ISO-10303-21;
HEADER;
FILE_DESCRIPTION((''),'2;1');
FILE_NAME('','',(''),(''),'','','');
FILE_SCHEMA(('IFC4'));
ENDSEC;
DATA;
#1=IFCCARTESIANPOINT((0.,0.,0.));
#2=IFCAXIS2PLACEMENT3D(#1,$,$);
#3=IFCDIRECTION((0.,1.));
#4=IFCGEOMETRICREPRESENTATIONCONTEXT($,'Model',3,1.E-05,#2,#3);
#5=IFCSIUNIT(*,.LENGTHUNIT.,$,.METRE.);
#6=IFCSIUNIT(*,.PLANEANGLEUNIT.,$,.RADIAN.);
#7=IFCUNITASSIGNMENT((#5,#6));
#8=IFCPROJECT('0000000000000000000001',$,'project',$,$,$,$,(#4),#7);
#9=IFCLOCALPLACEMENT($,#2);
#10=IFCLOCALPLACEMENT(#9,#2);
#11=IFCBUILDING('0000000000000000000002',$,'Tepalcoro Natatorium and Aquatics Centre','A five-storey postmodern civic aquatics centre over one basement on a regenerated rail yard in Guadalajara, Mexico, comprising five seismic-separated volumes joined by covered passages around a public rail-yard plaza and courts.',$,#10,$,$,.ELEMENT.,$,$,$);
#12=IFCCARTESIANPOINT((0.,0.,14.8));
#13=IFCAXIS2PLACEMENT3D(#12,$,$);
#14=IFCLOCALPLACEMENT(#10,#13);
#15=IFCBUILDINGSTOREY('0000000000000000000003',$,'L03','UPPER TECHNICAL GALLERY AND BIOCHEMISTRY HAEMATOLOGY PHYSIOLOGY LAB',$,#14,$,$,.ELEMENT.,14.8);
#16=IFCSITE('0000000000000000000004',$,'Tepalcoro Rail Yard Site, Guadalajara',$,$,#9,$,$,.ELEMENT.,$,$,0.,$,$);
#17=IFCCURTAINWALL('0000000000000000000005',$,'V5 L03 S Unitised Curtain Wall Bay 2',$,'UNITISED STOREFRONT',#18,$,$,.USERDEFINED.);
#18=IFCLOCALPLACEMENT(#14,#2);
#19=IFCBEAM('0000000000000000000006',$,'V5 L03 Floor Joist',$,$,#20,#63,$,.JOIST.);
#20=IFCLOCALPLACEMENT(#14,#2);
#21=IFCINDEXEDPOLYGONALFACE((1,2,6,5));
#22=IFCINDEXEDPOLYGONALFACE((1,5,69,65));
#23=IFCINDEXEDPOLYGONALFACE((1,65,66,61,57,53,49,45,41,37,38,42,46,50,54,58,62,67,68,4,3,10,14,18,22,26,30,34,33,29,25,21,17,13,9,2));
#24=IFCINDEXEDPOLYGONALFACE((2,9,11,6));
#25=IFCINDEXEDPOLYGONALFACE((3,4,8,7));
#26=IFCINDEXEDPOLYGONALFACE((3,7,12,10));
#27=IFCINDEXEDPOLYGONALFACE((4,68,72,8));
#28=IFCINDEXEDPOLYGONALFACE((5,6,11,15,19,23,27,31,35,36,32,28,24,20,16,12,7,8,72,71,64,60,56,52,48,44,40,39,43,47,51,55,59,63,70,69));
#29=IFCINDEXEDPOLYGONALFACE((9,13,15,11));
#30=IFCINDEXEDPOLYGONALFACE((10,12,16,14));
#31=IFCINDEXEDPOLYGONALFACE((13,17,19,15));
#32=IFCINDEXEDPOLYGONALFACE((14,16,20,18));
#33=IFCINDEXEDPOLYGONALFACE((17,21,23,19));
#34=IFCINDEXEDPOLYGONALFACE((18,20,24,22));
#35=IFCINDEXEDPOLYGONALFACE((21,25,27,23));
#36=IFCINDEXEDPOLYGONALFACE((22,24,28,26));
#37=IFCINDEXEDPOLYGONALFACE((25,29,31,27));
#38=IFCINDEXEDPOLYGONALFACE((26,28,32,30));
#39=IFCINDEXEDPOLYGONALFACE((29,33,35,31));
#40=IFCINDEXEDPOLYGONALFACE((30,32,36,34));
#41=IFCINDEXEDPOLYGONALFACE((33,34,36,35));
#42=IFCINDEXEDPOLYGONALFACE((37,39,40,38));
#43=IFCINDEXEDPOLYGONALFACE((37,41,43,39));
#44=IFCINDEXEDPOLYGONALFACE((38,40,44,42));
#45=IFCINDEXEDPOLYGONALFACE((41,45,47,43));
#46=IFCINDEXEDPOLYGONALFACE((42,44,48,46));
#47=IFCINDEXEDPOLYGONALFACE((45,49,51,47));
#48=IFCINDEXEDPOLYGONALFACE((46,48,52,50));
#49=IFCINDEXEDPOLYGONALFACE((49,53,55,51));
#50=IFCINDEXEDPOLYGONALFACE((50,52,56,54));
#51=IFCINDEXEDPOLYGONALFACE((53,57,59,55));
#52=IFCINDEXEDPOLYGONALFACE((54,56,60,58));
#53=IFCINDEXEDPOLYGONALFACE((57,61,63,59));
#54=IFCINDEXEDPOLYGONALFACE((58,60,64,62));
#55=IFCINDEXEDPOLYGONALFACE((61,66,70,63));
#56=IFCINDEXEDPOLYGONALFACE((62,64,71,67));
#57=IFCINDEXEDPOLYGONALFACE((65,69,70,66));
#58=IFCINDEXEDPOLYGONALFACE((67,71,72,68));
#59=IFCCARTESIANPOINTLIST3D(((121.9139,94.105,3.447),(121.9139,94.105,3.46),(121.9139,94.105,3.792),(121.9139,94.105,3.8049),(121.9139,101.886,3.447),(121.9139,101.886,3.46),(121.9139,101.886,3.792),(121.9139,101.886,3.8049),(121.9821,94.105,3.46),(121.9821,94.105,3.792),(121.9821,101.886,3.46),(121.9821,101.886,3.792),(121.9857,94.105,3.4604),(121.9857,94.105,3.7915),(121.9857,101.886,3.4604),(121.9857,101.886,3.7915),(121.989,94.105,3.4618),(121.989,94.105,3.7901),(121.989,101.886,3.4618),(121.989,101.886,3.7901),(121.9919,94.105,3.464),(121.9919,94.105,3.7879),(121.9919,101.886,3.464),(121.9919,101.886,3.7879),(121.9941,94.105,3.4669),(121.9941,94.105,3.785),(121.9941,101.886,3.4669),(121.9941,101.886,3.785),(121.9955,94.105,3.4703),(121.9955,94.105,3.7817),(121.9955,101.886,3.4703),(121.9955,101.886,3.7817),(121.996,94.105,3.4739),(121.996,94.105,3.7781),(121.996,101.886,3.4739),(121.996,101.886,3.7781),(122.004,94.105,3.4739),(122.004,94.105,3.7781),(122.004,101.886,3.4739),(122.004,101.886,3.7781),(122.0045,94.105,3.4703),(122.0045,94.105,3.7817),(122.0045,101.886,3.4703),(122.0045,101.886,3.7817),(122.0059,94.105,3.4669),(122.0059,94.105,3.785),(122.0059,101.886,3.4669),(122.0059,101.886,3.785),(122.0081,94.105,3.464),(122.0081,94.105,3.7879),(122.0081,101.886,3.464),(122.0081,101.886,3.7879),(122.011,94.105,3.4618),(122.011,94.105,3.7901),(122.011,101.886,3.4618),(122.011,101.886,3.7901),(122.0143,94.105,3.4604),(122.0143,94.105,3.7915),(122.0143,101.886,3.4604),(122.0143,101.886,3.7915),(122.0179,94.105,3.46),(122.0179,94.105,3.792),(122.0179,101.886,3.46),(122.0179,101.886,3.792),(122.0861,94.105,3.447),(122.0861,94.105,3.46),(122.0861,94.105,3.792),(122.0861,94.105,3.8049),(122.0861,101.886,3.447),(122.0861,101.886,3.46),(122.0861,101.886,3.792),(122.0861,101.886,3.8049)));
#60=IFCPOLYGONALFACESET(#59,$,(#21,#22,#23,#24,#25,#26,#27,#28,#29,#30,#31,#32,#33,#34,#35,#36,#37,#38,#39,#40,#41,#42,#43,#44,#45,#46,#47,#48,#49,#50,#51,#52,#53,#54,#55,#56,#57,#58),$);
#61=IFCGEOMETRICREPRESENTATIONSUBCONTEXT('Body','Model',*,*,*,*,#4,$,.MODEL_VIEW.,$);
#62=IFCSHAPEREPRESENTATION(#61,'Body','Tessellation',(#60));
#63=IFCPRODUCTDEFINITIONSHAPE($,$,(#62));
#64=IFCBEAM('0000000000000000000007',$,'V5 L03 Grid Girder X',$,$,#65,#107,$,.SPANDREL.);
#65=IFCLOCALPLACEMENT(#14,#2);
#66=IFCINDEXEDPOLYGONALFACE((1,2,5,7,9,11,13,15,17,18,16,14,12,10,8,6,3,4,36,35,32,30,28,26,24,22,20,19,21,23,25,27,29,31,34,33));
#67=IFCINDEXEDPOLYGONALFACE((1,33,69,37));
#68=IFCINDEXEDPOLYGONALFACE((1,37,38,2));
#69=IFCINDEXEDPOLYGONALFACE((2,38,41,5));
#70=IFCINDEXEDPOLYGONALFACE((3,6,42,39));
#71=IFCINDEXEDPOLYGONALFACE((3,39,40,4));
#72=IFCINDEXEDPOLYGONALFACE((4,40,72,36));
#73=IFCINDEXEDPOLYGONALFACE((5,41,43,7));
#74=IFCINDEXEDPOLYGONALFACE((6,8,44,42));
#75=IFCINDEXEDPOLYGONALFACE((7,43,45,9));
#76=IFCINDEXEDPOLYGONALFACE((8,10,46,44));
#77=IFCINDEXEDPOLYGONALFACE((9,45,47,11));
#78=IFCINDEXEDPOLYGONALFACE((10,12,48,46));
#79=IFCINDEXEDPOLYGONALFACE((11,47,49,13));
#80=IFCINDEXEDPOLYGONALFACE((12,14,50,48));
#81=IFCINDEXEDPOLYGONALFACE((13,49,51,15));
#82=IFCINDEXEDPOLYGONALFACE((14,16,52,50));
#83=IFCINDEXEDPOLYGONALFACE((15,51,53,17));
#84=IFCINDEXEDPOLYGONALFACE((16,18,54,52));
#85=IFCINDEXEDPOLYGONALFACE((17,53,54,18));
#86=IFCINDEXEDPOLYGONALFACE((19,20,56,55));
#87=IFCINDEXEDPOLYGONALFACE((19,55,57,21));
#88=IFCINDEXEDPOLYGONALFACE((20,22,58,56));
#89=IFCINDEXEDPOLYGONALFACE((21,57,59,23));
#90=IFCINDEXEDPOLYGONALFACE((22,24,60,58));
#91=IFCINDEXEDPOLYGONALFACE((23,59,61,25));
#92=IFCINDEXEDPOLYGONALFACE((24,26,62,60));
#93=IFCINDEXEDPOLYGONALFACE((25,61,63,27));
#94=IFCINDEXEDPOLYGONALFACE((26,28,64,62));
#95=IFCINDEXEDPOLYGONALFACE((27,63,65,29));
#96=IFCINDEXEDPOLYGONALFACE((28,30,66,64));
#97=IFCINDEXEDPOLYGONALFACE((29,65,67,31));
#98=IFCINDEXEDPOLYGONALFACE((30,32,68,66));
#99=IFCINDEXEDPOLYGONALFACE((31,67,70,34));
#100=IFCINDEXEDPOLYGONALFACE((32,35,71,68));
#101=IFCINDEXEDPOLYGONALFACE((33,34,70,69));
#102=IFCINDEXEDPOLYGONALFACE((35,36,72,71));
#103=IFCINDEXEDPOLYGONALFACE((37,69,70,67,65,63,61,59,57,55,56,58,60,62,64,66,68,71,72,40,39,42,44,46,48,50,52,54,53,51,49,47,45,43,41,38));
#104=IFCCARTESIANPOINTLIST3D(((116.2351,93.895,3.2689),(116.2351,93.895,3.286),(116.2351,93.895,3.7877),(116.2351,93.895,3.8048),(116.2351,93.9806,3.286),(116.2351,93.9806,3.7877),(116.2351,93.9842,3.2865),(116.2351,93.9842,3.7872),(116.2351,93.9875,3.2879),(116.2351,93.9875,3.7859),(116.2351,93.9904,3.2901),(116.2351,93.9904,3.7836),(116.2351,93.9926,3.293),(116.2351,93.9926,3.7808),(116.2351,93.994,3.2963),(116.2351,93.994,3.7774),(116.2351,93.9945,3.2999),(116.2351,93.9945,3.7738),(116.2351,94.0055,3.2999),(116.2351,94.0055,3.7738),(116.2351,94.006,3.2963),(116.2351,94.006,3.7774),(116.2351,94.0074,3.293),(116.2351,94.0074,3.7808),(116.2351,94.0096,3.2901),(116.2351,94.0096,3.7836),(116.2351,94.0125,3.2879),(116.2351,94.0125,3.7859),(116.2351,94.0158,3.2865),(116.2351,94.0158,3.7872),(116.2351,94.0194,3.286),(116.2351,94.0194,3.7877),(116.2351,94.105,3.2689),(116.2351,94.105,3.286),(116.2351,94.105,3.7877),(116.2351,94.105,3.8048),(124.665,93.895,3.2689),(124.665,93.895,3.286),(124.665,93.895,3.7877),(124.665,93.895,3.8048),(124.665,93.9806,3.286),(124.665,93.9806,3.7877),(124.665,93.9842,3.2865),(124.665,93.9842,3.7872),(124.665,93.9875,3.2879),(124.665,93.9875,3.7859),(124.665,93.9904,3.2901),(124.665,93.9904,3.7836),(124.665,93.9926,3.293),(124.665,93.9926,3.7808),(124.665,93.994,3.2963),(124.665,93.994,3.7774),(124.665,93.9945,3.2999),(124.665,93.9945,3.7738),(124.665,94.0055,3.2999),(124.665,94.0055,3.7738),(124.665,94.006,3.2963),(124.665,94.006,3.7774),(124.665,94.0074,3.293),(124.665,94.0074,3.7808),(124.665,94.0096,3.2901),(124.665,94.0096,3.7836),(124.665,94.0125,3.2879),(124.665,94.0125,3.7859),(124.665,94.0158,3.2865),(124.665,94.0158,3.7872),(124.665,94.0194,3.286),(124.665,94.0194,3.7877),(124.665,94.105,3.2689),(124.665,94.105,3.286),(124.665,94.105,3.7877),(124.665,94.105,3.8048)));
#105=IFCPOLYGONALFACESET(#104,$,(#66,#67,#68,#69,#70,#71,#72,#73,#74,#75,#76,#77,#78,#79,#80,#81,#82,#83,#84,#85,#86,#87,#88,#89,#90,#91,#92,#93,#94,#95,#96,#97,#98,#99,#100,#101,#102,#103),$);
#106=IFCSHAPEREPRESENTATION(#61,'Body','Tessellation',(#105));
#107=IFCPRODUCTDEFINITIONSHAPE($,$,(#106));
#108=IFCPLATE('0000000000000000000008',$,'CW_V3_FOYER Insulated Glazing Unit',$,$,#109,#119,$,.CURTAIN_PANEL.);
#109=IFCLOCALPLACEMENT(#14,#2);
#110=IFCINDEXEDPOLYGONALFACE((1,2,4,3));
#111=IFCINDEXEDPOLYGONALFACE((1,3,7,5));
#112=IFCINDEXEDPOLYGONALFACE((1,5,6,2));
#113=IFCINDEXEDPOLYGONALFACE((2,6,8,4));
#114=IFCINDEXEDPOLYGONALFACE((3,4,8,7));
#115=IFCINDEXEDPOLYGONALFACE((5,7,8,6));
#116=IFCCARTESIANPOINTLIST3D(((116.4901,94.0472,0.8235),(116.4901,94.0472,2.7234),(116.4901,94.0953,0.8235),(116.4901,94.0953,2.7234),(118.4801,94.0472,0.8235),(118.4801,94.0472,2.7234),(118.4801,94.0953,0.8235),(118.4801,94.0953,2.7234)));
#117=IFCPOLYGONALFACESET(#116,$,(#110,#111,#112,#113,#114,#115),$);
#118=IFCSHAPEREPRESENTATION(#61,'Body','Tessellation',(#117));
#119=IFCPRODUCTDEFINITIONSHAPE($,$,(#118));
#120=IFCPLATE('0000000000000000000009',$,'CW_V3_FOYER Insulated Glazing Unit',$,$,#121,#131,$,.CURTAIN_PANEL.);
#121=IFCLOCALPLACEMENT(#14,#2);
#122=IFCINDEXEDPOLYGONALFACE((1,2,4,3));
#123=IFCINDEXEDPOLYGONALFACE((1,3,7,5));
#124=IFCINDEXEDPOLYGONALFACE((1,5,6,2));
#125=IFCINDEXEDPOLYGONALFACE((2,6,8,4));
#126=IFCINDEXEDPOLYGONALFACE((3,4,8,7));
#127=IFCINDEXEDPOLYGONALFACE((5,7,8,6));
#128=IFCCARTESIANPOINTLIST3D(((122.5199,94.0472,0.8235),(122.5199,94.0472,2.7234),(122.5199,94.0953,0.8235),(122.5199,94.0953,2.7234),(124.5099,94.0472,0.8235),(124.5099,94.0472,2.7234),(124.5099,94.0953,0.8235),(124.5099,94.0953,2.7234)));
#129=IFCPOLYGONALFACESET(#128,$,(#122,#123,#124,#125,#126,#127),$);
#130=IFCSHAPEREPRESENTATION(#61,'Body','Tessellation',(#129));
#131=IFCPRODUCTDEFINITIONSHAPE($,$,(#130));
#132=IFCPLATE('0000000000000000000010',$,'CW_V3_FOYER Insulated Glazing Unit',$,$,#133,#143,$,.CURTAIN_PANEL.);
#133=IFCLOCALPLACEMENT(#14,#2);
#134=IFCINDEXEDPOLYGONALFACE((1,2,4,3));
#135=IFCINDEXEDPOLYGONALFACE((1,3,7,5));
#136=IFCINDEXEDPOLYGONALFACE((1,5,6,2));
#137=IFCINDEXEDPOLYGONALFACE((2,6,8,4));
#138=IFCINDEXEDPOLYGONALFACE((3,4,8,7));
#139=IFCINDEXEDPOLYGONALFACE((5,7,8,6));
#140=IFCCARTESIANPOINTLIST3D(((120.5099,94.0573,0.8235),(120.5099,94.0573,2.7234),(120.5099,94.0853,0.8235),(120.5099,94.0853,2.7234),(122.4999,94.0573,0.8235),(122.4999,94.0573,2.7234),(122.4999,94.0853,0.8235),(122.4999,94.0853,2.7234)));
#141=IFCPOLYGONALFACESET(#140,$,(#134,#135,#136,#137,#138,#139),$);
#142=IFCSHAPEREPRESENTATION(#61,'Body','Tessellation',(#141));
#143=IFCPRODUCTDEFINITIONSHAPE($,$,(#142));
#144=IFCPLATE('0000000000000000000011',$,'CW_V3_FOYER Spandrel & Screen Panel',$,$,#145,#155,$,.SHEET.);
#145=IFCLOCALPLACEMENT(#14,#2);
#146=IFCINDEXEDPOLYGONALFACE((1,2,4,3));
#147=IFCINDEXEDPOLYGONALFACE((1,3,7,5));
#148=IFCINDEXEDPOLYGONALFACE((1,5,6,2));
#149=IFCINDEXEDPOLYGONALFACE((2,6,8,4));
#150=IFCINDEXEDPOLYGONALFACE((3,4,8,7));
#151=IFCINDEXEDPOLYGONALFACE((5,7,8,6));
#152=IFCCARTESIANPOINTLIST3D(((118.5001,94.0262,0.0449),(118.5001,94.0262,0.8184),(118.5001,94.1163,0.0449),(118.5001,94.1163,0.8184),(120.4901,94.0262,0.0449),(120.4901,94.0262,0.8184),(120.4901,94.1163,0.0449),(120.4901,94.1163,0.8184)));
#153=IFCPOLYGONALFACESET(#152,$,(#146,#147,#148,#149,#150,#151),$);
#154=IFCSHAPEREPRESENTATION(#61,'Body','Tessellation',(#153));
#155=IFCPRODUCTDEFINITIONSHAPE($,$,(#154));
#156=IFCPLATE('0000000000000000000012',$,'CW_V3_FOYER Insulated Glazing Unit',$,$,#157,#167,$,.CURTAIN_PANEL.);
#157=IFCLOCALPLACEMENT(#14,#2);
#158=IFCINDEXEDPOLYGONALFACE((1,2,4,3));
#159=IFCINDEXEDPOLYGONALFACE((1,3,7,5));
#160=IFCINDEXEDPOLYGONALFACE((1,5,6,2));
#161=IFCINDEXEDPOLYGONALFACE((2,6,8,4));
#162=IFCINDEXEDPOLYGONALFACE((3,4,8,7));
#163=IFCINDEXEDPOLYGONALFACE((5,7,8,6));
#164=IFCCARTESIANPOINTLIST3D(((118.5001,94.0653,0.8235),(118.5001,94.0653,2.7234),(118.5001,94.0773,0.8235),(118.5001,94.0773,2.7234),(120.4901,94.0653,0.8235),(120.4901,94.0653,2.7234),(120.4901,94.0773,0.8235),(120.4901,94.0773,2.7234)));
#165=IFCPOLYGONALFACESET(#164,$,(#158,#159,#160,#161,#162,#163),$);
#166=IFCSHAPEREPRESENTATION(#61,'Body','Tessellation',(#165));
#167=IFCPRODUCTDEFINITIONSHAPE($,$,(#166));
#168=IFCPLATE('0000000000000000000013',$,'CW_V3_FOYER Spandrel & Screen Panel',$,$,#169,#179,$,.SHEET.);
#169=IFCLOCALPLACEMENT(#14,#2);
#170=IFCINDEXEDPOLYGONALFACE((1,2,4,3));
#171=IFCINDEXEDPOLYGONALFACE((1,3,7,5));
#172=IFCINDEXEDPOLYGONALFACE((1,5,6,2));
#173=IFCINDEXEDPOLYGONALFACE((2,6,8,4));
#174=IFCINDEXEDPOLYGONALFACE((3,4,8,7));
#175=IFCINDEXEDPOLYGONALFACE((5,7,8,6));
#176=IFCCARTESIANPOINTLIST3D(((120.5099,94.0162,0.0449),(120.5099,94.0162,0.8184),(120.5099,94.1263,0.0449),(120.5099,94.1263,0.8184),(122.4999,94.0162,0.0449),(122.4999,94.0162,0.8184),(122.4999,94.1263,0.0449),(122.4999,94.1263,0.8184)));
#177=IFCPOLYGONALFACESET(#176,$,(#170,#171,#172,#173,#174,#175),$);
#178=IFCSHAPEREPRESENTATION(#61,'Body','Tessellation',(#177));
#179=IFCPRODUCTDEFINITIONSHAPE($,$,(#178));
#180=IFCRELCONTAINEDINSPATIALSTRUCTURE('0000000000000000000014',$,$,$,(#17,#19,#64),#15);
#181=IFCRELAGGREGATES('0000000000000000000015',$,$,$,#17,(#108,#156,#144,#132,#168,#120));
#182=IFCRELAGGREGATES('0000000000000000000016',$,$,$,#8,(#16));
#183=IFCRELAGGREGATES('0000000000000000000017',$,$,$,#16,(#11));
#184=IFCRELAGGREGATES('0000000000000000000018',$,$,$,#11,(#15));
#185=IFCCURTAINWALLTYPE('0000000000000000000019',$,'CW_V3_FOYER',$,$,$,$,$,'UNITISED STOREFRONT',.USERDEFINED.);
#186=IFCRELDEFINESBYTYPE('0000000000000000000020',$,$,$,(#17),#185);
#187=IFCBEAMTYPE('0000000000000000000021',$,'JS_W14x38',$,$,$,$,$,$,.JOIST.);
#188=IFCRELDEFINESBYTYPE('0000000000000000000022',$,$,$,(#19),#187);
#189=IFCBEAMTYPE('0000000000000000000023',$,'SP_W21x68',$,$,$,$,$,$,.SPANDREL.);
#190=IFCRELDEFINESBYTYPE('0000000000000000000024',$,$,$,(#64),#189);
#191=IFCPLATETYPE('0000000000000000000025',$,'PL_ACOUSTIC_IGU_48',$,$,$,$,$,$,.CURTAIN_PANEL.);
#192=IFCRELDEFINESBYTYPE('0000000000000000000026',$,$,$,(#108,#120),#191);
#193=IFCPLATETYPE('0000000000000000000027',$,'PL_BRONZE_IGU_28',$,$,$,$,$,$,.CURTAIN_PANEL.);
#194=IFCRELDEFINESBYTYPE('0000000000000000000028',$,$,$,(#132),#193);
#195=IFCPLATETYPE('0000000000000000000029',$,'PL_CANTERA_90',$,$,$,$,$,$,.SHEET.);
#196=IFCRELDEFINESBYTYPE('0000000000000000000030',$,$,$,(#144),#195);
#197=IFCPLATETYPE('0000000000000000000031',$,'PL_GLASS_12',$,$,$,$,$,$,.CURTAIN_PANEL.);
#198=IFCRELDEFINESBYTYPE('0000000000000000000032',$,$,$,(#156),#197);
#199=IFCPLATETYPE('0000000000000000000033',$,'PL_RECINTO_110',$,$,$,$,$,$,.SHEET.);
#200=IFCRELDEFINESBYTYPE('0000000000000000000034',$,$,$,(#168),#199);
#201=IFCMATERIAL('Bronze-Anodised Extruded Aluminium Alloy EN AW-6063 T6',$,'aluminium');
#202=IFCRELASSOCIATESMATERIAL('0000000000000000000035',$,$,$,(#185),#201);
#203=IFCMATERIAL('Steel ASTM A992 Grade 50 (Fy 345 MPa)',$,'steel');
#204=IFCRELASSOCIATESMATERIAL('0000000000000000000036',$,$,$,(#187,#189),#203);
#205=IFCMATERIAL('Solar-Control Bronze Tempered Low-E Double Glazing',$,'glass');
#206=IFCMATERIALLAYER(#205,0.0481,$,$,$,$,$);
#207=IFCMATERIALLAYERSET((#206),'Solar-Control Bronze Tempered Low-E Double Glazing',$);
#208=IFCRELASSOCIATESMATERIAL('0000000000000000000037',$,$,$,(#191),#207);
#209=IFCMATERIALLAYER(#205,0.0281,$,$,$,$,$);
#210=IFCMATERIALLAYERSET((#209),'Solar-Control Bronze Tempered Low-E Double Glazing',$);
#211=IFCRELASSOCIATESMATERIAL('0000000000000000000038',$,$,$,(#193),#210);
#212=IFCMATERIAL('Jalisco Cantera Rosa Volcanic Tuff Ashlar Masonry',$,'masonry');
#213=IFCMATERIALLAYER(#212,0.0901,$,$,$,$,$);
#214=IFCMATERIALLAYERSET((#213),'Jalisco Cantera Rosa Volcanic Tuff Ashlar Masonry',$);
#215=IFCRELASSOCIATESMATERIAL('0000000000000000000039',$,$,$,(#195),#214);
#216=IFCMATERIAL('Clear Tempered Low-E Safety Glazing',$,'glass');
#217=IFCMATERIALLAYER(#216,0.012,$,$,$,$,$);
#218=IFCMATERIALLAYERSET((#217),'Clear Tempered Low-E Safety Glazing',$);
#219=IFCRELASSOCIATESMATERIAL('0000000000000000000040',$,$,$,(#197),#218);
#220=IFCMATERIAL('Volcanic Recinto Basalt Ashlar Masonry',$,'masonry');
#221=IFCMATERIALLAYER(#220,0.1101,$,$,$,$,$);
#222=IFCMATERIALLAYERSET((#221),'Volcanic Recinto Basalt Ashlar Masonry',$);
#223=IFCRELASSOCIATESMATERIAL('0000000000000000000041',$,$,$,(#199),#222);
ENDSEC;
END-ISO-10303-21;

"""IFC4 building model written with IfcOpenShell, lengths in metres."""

from ifc_helpers import new_model, si_unit, direction, frame, origin, origin_2d, place, context, subcontext, project, spatial, rectangle, i_section, extrude, material, layer, layer_set, material_profile, profile_set, type_object, element, aggregate, save


model = new_model("IFC4")

# Units and contexts
model_context = context("Model", 3, precision=1e-05, world=origin(), true_north=direction((0.0, 1.0)))
body_context = subcontext(model_context, "Body", "Model", "MODEL_VIEW")
ifc_project = project(units=[si_unit("LENGTHUNIT", "METRE"), si_unit("PLANEANGLEUNIT", "RADIAN")], contexts=[model_context])

# Site, building, storey
site_placement = place(None, origin())
site = spatial("IfcSite", under=ifc_project, at=site_placement, Name="Tepalcoro Rail Yard Site, Guadalajara", CompositionType="ELEMENT", RefElevation=0.0)
building_placement = place(site_placement, origin())
building = spatial("IfcBuilding", under=site, at=building_placement, Name="Tepalcoro Natatorium and Aquatics Centre", Description="A five-storey postmodern civic aquatics centre over one basement on a regenerated rail yard in Guadalajara, Mexico, comprising five seismic-separated volumes joined by covered passages around a public rail-yard plaza and courts.", CompositionType="ELEMENT")
storey_placement = place(building_placement, frame((0.0, 0.0, 14.8)))
storey = spatial("IfcBuildingStorey", under=building, at=storey_placement, Name="L03", Description="UPPER TECHNICAL GALLERY AND BIOCHEMISTRY HAEMATOLOGY PHYSIOLOGY LAB", CompositionType="ELEMENT", Elevation=14.8)

# Shared definitions
ifc_material_1 = material(Name="Steel ASTM A992 Grade 50 (Fy 345 MPa)", Category="steel")

# Curtain wall
ifc_material_2 = material(Name="Bronze-Anodised Extruded Aluminium Alloy EN AW-6063 T6", Category="aluminium")
curtain_wall_type = type_object("IfcCurtainWallType", Name="CW_V3_FOYER", ElementType="UNITISED STOREFRONT", PredefinedType="USERDEFINED", material=ifc_material_2)
curtain_wall_placement = place(storey_placement, origin())
curtain_wall = element("IfcCurtainWall", 1, at=curtain_wall_placement, inside=storey, type_object=curtain_wall_type, Name="V5 L03 S Unitised Curtain Wall Bay 2", ObjectType="UNITISED STOREFRONT", PredefinedType="USERDEFINED")

# Beams
ifc_material_profile_1 = material_profile(ifc_material_1, i_section(OverallWidth=0.1721, OverallDepth=0.3579, WebThickness=0.0081, FlangeThickness=0.0129, FilletRadius=0.0139, at=origin_2d()), Name="W14X38")
ifc_profile_set_1 = profile_set([ifc_material_profile_1], Name="Steel ASTM A992 Grade 50 (Fy 345 MPa)")
beam_type_1 = type_object("IfcBeamType", Name="JS_W14x38", PredefinedType="JOIST", material=ifc_profile_set_1)
beam_1_placement = place(storey_placement, frame((122.0, 94.105, 3.626), z_axis=(0.0, 1.0, 0.0), x_axis=(-1.0, 0.0, 0.0)))
element("IfcBeam", 2, at=beam_1_placement, inside=storey, type_object=beam_type_1, Name="V5 L03 Floor Joist", PredefinedType="JOIST", context=body_context, shape_type="SweptSolid", body=[
    extrude(i_section(OverallWidth=0.1721, OverallDepth=0.3579, WebThickness=0.0081, FlangeThickness=0.0129, FilletRadius=0.0139, at=origin_2d()), origin(), (0.0, 0.0, 1.0), 7.781),
])
ifc_material_profile_2 = material_profile(ifc_material_1, i_section(OverallWidth=0.21, OverallDepth=0.5359, WebThickness=0.011, FlangeThickness=0.0171, FilletRadius=0.0139, at=origin_2d()), Name="W21X68")
ifc_profile_set_2 = profile_set([ifc_material_profile_2], Name="Steel ASTM A992 Grade 50 (Fy 345 MPa)")
beam_type_2 = type_object("IfcBeamType", Name="SP_W21x68", PredefinedType="SPANDREL", material=ifc_profile_set_2)
beam_2_placement = place(storey_placement, frame((116.2351, 94.0, 3.5369), z_axis=(1.0, 0.0, 0.0), x_axis=(0.0, 1.0, 0.0)))
element("IfcBeam", 3, at=beam_2_placement, inside=storey, type_object=beam_type_2, Name="V5 L03 Grid Girder X", PredefinedType="SPANDREL", context=body_context, shape_type="SweptSolid", body=[
    extrude(i_section(OverallWidth=0.21, OverallDepth=0.5359, WebThickness=0.011, FlangeThickness=0.0171, FilletRadius=0.0139, at=origin_2d()), origin(), (0.0, 0.0, 1.0), 8.4299),
])

# Plates
ifc_material_3 = material(Name="Solar-Control Bronze Tempered Low-E Double Glazing", Category="glass")
ifc_layer_1 = layer(ifc_material_3, 0.0481)
ifc_layer_set_1 = layer_set([ifc_layer_1], Name="Solar-Control Bronze Tempered Low-E Double Glazing")
plate_type_1 = type_object("IfcPlateType", Name="PL_ACOUSTIC_IGU_48", PredefinedType="CURTAIN_PANEL", material=ifc_layer_set_1)
plate_1_placement = place(storey_placement, frame((117.4851, 94.0713, 0.8235), z_axis=(0.0, 0.0, 1.0), x_axis=(1.0, 0.0, 0.0)))
plate_1 = element("IfcPlate", 4, at=plate_1_placement, type_object=plate_type_1, Name="CW_V3_FOYER Insulated Glazing Unit", PredefinedType="CURTAIN_PANEL", context=body_context, shape_type="SweptSolid", body=[
    extrude(rectangle(XDim=1.99, YDim=0.0481, at=origin_2d()), origin(), (0.0, 0.0, 1.0), 1.8999),
])
plate_2_placement = place(storey_placement, frame((123.5149, 94.0713, 0.8235), z_axis=(0.0, 0.0, 1.0), x_axis=(1.0, 0.0, 0.0)))
plate_2 = element("IfcPlate", 5, at=plate_2_placement, type_object=plate_type_1, Name="CW_V3_FOYER Insulated Glazing Unit", PredefinedType="CURTAIN_PANEL", context=body_context, shape_type="SweptSolid", body=[
    extrude(rectangle(XDim=1.99, YDim=0.0481, at=origin_2d()), origin(), (0.0, 0.0, 1.0), 1.8999),
])
ifc_layer_2 = layer(ifc_material_3, 0.0281)
ifc_layer_set_2 = layer_set([ifc_layer_2], Name="Solar-Control Bronze Tempered Low-E Double Glazing")
plate_type_2 = type_object("IfcPlateType", Name="PL_BRONZE_IGU_28", PredefinedType="CURTAIN_PANEL", material=ifc_layer_set_2)
plate_3_placement = place(storey_placement, frame((121.5049, 94.0713, 0.8235), z_axis=(0.0, 0.0, 1.0), x_axis=(1.0, 0.0, 0.0)))
plate_3 = element("IfcPlate", 6, at=plate_3_placement, type_object=plate_type_2, Name="CW_V3_FOYER Insulated Glazing Unit", PredefinedType="CURTAIN_PANEL", context=body_context, shape_type="SweptSolid", body=[
    extrude(rectangle(XDim=1.99, YDim=0.0281, at=origin_2d()), origin(), (0.0, 0.0, 1.0), 1.8999),
])
ifc_material_4 = material(Name="Jalisco Cantera Rosa Volcanic Tuff Ashlar Masonry", Category="masonry")
ifc_layer_3 = layer(ifc_material_4, 0.0901)
ifc_layer_set_3 = layer_set([ifc_layer_3], Name="Jalisco Cantera Rosa Volcanic Tuff Ashlar Masonry")
plate_type_3 = type_object("IfcPlateType", Name="PL_CANTERA_90", PredefinedType="SHEET", material=ifc_layer_set_3)
plate_4_placement = place(storey_placement, frame((119.4951, 94.0713, 0.0449), z_axis=(0.0, 0.0, 1.0), x_axis=(1.0, 0.0, 0.0)))
plate_4 = element("IfcPlate", 7, at=plate_4_placement, type_object=plate_type_3, Name="CW_V3_FOYER Spandrel & Screen Panel", PredefinedType="SHEET", context=body_context, shape_type="SweptSolid", body=[
    extrude(rectangle(XDim=1.99, YDim=0.0901, at=origin_2d()), origin(), (0.0, 0.0, 1.0), 0.7734),
])
ifc_material_5 = material(Name="Clear Tempered Low-E Safety Glazing", Category="glass")
ifc_layer_4 = layer(ifc_material_5, 0.012)
ifc_layer_set_4 = layer_set([ifc_layer_4], Name="Clear Tempered Low-E Safety Glazing")
plate_type_4 = type_object("IfcPlateType", Name="PL_GLASS_12", PredefinedType="CURTAIN_PANEL", material=ifc_layer_set_4)
plate_5_placement = place(storey_placement, frame((119.4951, 94.0713, 0.8235), z_axis=(0.0, 0.0, 1.0), x_axis=(1.0, 0.0, 0.0)))
plate_5 = element("IfcPlate", 8, at=plate_5_placement, type_object=plate_type_4, Name="CW_V3_FOYER Insulated Glazing Unit", PredefinedType="CURTAIN_PANEL", context=body_context, shape_type="SweptSolid", body=[
    extrude(rectangle(XDim=1.99, YDim=0.012, at=origin_2d()), origin(), (0.0, 0.0, 1.0), 1.8999),
])
ifc_material_6 = material(Name="Volcanic Recinto Basalt Ashlar Masonry", Category="masonry")
ifc_layer_5 = layer(ifc_material_6, 0.1101)
ifc_layer_set_5 = layer_set([ifc_layer_5], Name="Volcanic Recinto Basalt Ashlar Masonry")
plate_type_5 = type_object("IfcPlateType", Name="PL_RECINTO_110", PredefinedType="SHEET", material=ifc_layer_set_5)
plate_6_placement = place(storey_placement, frame((121.5049, 94.0713, 0.0449), z_axis=(0.0, 0.0, 1.0), x_axis=(1.0, 0.0, 0.0)))
plate_6 = element("IfcPlate", 9, at=plate_6_placement, type_object=plate_type_5, Name="CW_V3_FOYER Spandrel & Screen Panel", PredefinedType="SHEET", context=body_context, shape_type="SweptSolid", body=[
    extrude(rectangle(XDim=1.99, YDim=0.1101, at=origin_2d()), origin(), (0.0, 0.0, 1.0), 0.7734),
])
aggregate(curtain_wall, [plate_1, plate_5, plate_4, plate_3, plate_6, plate_2])

save(model, "model.ifc")
